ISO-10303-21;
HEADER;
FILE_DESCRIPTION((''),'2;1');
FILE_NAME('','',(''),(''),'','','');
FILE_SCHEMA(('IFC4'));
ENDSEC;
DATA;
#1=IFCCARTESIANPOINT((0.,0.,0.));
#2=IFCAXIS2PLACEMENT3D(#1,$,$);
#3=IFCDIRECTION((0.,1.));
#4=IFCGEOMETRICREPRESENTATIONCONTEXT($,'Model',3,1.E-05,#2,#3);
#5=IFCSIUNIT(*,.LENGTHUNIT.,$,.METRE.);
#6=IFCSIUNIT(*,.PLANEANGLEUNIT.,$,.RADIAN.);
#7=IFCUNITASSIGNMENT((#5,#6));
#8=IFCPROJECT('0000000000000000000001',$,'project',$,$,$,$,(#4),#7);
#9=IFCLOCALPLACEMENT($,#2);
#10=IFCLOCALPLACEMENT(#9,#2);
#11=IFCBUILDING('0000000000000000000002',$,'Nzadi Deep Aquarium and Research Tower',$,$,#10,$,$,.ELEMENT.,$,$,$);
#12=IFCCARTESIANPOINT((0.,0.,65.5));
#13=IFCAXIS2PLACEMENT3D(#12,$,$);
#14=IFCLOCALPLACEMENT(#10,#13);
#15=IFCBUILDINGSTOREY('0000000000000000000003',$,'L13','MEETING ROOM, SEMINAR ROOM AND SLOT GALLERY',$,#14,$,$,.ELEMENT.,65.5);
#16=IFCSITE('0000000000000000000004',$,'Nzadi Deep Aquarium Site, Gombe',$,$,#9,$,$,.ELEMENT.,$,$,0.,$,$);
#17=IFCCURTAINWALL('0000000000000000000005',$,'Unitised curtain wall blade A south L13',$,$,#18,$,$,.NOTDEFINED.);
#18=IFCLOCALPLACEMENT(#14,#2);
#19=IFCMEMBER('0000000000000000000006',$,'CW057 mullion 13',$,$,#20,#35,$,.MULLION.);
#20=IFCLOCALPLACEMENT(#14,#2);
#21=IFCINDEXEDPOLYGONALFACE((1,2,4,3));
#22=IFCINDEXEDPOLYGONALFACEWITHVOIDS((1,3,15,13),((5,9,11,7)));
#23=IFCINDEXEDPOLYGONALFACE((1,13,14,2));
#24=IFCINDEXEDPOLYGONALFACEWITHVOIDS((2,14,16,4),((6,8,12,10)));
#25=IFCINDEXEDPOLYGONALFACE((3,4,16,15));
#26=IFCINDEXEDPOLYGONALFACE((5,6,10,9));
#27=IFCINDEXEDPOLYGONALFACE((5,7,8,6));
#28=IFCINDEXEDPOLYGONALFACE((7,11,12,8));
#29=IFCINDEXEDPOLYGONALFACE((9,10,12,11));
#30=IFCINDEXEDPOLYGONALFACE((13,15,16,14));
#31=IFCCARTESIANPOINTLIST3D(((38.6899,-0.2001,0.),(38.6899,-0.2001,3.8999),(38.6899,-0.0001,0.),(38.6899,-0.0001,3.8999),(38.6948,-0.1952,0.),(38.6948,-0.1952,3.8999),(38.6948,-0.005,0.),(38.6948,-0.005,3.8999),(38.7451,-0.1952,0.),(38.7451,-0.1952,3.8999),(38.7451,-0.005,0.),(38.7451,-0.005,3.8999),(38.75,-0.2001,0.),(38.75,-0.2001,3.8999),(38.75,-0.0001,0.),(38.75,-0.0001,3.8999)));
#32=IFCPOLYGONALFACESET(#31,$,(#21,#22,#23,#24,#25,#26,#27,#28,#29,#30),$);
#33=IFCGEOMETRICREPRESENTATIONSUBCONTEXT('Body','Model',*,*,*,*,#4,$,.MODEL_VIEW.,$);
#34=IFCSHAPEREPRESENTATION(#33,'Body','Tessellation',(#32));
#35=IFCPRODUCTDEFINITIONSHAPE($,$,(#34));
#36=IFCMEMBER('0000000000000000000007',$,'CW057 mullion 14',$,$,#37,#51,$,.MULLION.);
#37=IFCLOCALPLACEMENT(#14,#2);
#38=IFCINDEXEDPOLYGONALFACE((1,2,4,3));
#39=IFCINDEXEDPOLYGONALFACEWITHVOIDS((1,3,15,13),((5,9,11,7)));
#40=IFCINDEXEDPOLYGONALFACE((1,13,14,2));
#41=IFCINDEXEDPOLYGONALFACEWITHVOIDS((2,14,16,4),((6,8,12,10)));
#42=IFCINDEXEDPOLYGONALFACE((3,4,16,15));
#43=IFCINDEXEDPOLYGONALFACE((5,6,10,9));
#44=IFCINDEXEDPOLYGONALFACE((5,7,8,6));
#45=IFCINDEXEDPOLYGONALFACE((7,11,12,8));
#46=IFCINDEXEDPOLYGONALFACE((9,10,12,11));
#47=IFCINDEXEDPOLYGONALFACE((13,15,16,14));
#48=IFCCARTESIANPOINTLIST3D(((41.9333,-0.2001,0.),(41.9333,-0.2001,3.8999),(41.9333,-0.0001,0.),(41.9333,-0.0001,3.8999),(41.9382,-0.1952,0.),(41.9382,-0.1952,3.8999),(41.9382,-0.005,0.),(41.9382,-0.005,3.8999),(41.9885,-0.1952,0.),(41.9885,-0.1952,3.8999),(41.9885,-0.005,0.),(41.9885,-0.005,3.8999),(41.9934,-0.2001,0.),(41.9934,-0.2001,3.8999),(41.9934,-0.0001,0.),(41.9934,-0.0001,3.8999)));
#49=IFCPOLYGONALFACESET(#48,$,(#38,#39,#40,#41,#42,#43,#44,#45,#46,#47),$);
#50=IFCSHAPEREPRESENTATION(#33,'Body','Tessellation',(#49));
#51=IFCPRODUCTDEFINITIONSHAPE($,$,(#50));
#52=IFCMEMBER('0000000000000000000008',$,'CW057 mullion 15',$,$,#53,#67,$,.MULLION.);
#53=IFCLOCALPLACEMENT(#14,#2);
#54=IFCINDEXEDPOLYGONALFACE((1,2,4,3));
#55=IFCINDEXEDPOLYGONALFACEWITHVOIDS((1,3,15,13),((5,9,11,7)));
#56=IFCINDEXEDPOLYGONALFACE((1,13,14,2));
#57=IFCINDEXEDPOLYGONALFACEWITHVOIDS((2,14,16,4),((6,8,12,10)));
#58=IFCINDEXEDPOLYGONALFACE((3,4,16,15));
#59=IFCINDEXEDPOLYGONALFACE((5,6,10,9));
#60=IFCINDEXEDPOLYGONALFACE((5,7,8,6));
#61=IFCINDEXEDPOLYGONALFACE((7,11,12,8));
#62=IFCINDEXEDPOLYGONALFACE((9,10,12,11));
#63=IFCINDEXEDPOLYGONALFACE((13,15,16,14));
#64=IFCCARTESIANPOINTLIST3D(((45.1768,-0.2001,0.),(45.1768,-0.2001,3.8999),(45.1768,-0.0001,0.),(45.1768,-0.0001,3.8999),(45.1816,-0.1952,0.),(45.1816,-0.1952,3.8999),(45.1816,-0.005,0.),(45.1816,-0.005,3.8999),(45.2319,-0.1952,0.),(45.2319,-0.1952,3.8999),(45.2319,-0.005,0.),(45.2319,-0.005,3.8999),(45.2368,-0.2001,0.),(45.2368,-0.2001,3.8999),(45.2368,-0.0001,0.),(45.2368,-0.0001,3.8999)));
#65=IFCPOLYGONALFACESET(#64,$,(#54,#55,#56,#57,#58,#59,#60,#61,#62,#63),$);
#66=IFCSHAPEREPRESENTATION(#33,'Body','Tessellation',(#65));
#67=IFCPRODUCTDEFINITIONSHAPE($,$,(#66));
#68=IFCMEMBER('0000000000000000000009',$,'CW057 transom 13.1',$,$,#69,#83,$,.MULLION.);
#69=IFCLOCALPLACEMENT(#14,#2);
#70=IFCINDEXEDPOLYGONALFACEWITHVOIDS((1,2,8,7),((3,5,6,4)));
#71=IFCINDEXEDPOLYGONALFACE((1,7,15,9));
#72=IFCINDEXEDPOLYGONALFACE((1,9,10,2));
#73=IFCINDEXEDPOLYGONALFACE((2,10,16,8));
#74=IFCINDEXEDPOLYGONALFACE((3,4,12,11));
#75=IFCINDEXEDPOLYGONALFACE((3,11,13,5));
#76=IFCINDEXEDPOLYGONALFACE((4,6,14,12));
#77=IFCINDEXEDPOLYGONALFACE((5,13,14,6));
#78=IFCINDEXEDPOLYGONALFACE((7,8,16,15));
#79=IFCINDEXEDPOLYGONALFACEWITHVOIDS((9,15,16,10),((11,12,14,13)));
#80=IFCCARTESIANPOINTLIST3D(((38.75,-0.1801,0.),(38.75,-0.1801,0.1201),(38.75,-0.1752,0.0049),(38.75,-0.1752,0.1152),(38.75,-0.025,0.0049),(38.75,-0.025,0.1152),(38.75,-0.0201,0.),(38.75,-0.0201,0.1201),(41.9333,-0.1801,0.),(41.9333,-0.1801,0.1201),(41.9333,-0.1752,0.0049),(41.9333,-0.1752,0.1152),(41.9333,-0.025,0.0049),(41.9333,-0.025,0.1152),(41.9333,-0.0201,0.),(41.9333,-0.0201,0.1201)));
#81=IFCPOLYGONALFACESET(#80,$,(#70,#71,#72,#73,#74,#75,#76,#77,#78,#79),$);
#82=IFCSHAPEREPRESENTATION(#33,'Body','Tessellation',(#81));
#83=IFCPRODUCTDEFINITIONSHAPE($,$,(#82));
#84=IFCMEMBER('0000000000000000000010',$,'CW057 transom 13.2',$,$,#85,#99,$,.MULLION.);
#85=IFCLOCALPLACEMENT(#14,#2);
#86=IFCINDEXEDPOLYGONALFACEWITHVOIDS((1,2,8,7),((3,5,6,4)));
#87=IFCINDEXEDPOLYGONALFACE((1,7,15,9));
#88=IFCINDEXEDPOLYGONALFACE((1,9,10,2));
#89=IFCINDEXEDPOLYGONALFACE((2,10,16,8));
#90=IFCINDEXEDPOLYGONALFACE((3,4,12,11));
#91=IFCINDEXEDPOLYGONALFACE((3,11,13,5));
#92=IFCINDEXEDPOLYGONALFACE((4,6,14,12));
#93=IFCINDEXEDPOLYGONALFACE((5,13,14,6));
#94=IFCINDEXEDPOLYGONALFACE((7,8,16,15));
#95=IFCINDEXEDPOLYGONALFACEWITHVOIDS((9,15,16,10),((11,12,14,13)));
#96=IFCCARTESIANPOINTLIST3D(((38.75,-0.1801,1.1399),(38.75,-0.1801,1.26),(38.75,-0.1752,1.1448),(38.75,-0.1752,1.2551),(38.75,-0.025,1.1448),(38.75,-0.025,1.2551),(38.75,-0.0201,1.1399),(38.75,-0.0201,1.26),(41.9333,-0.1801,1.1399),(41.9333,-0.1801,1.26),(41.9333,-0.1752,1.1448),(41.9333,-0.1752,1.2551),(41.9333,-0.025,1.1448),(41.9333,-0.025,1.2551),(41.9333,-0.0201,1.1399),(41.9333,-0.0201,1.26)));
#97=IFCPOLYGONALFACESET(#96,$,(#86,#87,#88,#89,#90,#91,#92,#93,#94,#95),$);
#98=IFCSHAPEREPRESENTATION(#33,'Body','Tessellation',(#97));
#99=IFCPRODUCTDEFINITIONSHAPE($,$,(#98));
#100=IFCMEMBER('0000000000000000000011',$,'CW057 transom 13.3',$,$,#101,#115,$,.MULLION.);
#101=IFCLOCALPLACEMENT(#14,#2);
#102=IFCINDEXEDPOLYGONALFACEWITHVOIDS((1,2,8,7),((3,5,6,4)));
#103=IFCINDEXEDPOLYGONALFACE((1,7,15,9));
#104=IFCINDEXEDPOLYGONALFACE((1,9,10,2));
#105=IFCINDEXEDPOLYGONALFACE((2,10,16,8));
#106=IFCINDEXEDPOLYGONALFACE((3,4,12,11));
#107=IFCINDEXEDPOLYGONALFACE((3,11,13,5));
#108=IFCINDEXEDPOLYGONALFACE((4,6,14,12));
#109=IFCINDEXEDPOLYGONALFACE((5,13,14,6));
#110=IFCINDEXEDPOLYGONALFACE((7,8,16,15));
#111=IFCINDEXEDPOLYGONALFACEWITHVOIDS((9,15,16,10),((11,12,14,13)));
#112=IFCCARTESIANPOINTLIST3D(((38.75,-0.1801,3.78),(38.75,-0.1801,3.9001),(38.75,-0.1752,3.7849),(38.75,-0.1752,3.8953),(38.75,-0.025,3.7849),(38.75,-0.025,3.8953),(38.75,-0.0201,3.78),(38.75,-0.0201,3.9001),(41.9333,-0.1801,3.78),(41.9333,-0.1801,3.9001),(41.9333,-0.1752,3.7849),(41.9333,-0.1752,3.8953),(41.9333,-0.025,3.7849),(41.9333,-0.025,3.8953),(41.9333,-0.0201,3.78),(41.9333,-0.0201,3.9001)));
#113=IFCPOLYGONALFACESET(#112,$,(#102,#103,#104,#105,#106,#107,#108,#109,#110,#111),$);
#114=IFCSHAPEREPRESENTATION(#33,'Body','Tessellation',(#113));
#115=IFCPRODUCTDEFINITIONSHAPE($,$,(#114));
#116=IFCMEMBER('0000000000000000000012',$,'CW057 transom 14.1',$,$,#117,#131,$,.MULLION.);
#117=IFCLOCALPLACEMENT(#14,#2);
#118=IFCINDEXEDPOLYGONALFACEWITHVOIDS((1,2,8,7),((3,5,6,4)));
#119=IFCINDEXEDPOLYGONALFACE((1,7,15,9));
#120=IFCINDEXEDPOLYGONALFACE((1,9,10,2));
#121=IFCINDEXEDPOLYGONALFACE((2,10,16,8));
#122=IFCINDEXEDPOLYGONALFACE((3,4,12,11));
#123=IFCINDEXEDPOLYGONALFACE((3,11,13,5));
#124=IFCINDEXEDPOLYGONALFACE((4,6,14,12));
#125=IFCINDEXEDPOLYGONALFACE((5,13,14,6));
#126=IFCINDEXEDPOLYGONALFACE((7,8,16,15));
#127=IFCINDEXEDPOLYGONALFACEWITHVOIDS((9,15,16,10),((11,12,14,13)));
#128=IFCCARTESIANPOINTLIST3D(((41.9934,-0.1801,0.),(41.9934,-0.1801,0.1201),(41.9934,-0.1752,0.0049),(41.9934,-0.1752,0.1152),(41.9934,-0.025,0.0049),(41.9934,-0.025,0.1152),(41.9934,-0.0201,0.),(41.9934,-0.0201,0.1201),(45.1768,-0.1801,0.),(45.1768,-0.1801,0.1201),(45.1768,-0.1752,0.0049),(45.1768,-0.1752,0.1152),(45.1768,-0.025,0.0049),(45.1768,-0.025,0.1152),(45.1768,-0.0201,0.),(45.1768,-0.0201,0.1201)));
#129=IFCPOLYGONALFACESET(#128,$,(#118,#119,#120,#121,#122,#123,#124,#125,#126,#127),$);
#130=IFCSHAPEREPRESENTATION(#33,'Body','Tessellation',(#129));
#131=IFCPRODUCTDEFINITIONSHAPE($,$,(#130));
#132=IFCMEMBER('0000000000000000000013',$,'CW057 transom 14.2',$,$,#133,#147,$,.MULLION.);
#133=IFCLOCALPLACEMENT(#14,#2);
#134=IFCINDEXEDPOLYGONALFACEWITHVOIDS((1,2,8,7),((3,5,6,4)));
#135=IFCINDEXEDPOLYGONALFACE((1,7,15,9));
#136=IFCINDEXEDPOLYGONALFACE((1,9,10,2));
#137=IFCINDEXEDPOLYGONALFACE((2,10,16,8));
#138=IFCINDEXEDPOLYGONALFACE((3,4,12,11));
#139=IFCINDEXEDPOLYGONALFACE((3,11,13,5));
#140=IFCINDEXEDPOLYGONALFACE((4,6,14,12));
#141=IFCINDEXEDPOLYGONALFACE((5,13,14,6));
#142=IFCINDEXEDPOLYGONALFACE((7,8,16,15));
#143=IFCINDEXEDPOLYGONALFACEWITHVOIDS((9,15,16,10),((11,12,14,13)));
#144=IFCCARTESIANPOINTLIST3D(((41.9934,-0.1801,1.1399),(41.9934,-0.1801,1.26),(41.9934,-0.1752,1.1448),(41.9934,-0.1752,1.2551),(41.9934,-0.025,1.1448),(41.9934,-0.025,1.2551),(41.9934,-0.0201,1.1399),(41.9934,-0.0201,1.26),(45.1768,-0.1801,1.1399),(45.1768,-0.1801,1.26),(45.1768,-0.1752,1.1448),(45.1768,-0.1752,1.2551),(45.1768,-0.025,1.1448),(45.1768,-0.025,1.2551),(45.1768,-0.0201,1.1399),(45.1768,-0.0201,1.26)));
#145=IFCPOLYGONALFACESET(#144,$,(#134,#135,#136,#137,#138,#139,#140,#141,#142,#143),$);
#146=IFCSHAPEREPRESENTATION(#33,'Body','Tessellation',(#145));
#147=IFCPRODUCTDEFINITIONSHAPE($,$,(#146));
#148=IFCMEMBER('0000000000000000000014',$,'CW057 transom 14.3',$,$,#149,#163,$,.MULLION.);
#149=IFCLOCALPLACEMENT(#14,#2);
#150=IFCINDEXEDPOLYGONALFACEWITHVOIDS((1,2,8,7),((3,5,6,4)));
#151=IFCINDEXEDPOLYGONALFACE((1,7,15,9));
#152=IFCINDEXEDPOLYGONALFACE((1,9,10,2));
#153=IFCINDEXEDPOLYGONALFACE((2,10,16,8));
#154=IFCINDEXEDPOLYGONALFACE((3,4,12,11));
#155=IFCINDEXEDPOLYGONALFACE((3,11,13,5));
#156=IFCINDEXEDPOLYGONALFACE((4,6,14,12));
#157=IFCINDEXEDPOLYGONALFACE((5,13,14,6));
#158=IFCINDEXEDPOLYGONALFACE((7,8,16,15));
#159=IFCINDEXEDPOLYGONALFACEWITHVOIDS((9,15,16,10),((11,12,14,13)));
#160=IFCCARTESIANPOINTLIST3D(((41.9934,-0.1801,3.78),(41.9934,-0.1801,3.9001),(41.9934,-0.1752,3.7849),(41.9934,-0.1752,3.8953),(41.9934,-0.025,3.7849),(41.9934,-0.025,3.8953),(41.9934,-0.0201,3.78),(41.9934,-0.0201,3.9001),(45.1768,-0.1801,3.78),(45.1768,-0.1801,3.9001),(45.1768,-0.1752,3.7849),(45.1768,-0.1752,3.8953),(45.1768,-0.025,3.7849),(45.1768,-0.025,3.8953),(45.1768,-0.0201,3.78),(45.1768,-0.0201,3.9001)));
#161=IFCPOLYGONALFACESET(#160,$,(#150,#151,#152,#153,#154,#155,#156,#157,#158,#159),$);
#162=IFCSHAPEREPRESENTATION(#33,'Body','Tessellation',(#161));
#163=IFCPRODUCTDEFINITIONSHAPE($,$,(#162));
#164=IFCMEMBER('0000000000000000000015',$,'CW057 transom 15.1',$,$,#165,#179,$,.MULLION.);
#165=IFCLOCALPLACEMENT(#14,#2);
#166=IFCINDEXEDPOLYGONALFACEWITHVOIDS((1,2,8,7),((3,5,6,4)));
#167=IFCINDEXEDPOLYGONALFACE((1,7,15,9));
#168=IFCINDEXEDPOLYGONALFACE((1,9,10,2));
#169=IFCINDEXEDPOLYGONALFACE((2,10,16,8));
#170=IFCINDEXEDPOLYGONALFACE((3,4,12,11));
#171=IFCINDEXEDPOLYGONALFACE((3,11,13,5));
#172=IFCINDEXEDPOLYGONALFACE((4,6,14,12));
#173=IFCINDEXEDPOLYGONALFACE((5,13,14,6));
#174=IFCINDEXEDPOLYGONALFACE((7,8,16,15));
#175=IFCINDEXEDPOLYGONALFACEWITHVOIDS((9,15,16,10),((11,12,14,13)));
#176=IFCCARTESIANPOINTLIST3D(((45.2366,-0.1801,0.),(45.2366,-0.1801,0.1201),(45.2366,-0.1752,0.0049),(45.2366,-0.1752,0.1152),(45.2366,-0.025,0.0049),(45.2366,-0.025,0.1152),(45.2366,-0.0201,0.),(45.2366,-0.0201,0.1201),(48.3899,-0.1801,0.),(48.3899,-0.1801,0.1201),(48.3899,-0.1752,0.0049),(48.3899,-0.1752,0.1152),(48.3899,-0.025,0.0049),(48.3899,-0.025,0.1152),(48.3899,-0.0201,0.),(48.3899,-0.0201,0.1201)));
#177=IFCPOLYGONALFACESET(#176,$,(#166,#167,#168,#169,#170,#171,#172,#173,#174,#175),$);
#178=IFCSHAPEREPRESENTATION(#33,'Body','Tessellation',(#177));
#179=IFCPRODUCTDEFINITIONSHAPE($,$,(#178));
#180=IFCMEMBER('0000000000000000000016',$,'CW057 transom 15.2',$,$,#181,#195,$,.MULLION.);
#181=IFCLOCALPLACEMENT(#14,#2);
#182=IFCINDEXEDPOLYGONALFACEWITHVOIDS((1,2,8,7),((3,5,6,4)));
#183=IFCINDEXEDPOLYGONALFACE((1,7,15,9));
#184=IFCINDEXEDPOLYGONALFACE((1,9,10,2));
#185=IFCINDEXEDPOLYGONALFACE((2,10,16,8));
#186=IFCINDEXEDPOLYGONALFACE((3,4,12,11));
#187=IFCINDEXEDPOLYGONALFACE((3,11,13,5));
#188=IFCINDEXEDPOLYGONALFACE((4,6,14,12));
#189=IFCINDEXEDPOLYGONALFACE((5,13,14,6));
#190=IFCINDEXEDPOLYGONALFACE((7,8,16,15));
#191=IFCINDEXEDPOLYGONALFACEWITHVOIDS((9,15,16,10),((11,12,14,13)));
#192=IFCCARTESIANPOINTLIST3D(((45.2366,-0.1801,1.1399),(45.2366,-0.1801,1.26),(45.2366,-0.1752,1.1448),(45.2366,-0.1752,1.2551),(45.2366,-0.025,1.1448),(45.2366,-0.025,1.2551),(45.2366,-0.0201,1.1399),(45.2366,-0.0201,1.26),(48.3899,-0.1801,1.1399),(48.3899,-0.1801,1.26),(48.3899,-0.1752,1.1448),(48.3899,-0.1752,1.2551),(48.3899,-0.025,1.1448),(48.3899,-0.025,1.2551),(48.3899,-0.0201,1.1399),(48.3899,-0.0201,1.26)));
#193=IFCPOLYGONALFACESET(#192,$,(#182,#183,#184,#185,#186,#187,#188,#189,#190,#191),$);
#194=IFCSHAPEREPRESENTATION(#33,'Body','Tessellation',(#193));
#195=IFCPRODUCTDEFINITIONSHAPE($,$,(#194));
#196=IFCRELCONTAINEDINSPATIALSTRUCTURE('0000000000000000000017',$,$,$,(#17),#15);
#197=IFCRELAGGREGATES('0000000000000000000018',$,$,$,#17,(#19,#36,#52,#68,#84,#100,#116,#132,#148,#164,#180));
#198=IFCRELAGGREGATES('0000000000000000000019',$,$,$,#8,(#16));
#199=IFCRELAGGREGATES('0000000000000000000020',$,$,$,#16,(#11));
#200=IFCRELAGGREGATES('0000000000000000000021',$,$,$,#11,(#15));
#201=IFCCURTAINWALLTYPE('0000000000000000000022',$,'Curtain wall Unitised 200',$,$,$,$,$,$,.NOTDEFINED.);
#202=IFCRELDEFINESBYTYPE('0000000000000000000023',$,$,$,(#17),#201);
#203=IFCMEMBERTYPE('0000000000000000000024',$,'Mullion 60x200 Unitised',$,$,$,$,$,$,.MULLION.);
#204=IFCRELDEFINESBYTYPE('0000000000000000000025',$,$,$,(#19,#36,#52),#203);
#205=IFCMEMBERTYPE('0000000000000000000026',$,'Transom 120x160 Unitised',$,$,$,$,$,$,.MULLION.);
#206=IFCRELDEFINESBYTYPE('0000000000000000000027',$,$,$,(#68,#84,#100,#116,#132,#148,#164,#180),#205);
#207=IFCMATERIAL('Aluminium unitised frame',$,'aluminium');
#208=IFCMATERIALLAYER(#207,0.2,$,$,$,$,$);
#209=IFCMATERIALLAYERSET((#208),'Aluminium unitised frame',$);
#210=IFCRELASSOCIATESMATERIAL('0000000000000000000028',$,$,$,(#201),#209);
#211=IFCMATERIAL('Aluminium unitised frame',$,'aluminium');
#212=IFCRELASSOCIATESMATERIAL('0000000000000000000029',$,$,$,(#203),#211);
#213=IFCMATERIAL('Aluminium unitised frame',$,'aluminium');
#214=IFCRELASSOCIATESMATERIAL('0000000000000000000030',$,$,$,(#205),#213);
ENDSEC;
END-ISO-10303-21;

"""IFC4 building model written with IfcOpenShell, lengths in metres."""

from ifc_helpers import new_model, si_unit, direction, frame, origin, origin_2d, place, context, subcontext, project, spatial, hollow_rectangle, extrude, material, layer, layer_set, material_profile, profile_set, type_object, element, aggregate, save


model = new_model("IFC4")

# Units and contexts
model_context = context("Model", 3, precision=1e-05, world=origin(), true_north=direction((0.0, 1.0)))
body_context = subcontext(model_context, "Body", "Model", "MODEL_VIEW")
ifc_project = project(units=[si_unit("LENGTHUNIT", "METRE"), si_unit("PLANEANGLEUNIT", "RADIAN")], contexts=[model_context])

# Site, building, storey
site_placement = place(None, origin())
site = spatial("IfcSite", under=ifc_project, at=site_placement, Name="Nzadi Deep Aquarium Site, Gombe", CompositionType="ELEMENT", RefElevation=0.0)
building_placement = place(site_placement, origin())
building = spatial("IfcBuilding", under=site, at=building_placement, Name="Nzadi Deep Aquarium and Research Tower", CompositionType="ELEMENT")
storey_placement = place(building_placement, frame((0.0, 0.0, 65.5)))
storey = spatial("IfcBuildingStorey", under=building, at=storey_placement, Name="L13", Description="MEETING ROOM, SEMINAR ROOM AND SLOT GALLERY", CompositionType="ELEMENT", Elevation=65.5)

# Curtain wall, members
ifc_material_1 = material(Name="Aluminium unitised frame", Category="aluminium")
ifc_layer_1 = layer(ifc_material_1, 0.2)
ifc_layer_set_1 = layer_set([ifc_layer_1], Name="Aluminium unitised frame")
curtain_wall_type = type_object("IfcCurtainWallType", Name="Curtain wall Unitised 200", PredefinedType="NOTDEFINED", material=ifc_layer_set_1)
curtain_wall_placement = place(storey_placement, origin())
curtain_wall = element("IfcCurtainWall", 1, at=curtain_wall_placement, inside=storey, type_object=curtain_wall_type, Name="Unitised curtain wall blade A south L13", PredefinedType="NOTDEFINED")
ifc_material_2 = material(Name="Aluminium unitised frame", Category="aluminium")
ifc_material_profile_1 = material_profile(ifc_material_2, hollow_rectangle(XDim=0.2, YDim=0.0601, WallThickness=0.0049, at=origin_2d()))
ifc_profile_set_1 = profile_set([ifc_material_profile_1], Name="Aluminium unitised frame")
member_type_1 = type_object("IfcMemberType", Name="Mullion 60x200 Unitised", PredefinedType="MULLION", material=ifc_profile_set_1)
member_1_placement = place(storey_placement, frame((38.72, -0.1001, 0.0), z_axis=(0.0, 0.0, 1.0), x_axis=(0.0, 1.0, 0.0)))
member_1 = element("IfcMember", 2, at=member_1_placement, type_object=member_type_1, Name="CW057 mullion 13", PredefinedType="MULLION", context=body_context, shape_type="SweptSolid", body=[
    extrude(hollow_rectangle(XDim=0.2, YDim=0.0601, WallThickness=0.0049, at=origin_2d()), origin(), (0.0, 0.0, 1.0), 3.8999),
])
member_2_placement = place(storey_placement, frame((41.9634, -0.1001, 0.0), z_axis=(0.0, 0.0, 1.0), x_axis=(0.0, 1.0, 0.0)))
member_2 = element("IfcMember", 3, at=member_2_placement, type_object=member_type_1, Name="CW057 mullion 14", PredefinedType="MULLION", context=body_context, shape_type="SweptSolid", body=[
    extrude(hollow_rectangle(XDim=0.2, YDim=0.0601, WallThickness=0.0049, at=origin_2d()), origin(), (0.0, 0.0, 1.0), 3.8999),
])
member_3_placement = place(storey_placement, frame((45.2068, -0.1001, 0.0), z_axis=(0.0, 0.0, 1.0), x_axis=(0.0, 1.0, 0.0)))
member_3 = element("IfcMember", 4, at=member_3_placement, type_object=member_type_1, Name="CW057 mullion 15", PredefinedType="MULLION", context=body_context, shape_type="SweptSolid", body=[
    extrude(hollow_rectangle(XDim=0.2, YDim=0.0601, WallThickness=0.0049, at=origin_2d()), origin(), (0.0, 0.0, 1.0), 3.8999),
])
ifc_material_3 = material(Name="Aluminium unitised frame", Category="aluminium")
ifc_material_profile_2 = material_profile(ifc_material_3, hollow_rectangle(XDim=0.1599, YDim=0.1201, WallThickness=0.0049, at=origin_2d()))
ifc_profile_set_2 = profile_set([ifc_material_profile_2], Name="Aluminium unitised frame")
member_type_2 = type_object("IfcMemberType", Name="Transom 120x160 Unitised", PredefinedType="MULLION", material=ifc_profile_set_2)
member_4_placement = place(storey_placement, frame((38.75, -0.1001, 0.0601), z_axis=(1.0, 0.0, 0.0), x_axis=(0.0, 1.0, 0.0)))
member_4 = element("IfcMember", 5, at=member_4_placement, type_object=member_type_2, Name="CW057 transom 13.1", PredefinedType="MULLION", context=body_context, shape_type="SweptSolid", body=[
    extrude(hollow_rectangle(XDim=0.1599, YDim=0.1201, WallThickness=0.0049, at=origin_2d()), origin(), (0.0, 0.0, 1.0), 3.1833),
])
member_5_placement = place(storey_placement, frame((38.75, -0.1001, 1.2), z_axis=(1.0, 0.0, 0.0), x_axis=(0.0, 1.0, 0.0)))
member_5 = element("IfcMember", 6, at=member_5_placement, type_object=member_type_2, Name="CW057 transom 13.2", PredefinedType="MULLION", context=body_context, shape_type="SweptSolid", body=[
    extrude(hollow_rectangle(XDim=0.1599, YDim=0.1201, WallThickness=0.0049, at=origin_2d()), origin(), (0.0, 0.0, 1.0), 3.1833),
])
member_6_placement = place(storey_placement, frame((38.75, -0.1001, 3.8401), z_axis=(1.0, 0.0, 0.0), x_axis=(0.0, 1.0, 0.0)))
member_6 = element("IfcMember", 7, at=member_6_placement, type_object=member_type_2, Name="CW057 transom 13.3", PredefinedType="MULLION", context=body_context, shape_type="SweptSolid", body=[
    extrude(hollow_rectangle(XDim=0.1599, YDim=0.1201, WallThickness=0.0049, at=origin_2d()), origin(), (0.0, 0.0, 1.0), 3.1833),
])
member_7_placement = place(storey_placement, frame((41.9934, -0.1001, 0.0601), z_axis=(1.0, 0.0, 0.0), x_axis=(0.0, 1.0, 0.0)))
member_7 = element("IfcMember", 8, at=member_7_placement, type_object=member_type_2, Name="CW057 transom 14.1", PredefinedType="MULLION", context=body_context, shape_type="SweptSolid", body=[
    extrude(hollow_rectangle(XDim=0.1599, YDim=0.1201, WallThickness=0.0049, at=origin_2d()), origin(), (0.0, 0.0, 1.0), 3.1833),
])
member_8_placement = place(storey_placement, frame((41.9934, -0.1001, 1.2), z_axis=(1.0, 0.0, 0.0), x_axis=(0.0, 1.0, 0.0)))
member_8 = element("IfcMember", 9, at=member_8_placement, type_object=member_type_2, Name="CW057 transom 14.2", PredefinedType="MULLION", context=body_context, shape_type="SweptSolid", body=[
    extrude(hollow_rectangle(XDim=0.1599, YDim=0.1201, WallThickness=0.0049, at=origin_2d()), origin(), (0.0, 0.0, 1.0), 3.1833),
])
member_9_placement = place(storey_placement, frame((41.9934, -0.1001, 3.8401), z_axis=(1.0, 0.0, 0.0), x_axis=(0.0, 1.0, 0.0)))
member_9 = element("IfcMember", 10, at=member_9_placement, type_object=member_type_2, Name="CW057 transom 14.3", PredefinedType="MULLION", context=body_context, shape_type="SweptSolid", body=[
    extrude(hollow_rectangle(XDim=0.1599, YDim=0.1201, WallThickness=0.0049, at=origin_2d()), origin(), (0.0, 0.0, 1.0), 3.1833),
])
member_10_placement = place(storey_placement, frame((45.2366, -0.1001, 0.0601), z_axis=(1.0, 0.0, 0.0), x_axis=(0.0, 1.0, 0.0)))
member_10 = element("IfcMember", 11, at=member_10_placement, type_object=member_type_2, Name="CW057 transom 15.1", PredefinedType="MULLION", context=body_context, shape_type="SweptSolid", body=[
    extrude(hollow_rectangle(XDim=0.1599, YDim=0.1201, WallThickness=0.0049, at=origin_2d()), origin(), (0.0, 0.0, 1.0), 3.1533),
])
member_11_placement = place(storey_placement, frame((45.2366, -0.1001, 1.2), z_axis=(1.0, 0.0, 0.0), x_axis=(0.0, 1.0, 0.0)))
member_11 = element("IfcMember", 12, at=member_11_placement, type_object=member_type_2, Name="CW057 transom 15.2", PredefinedType="MULLION", context=body_context, shape_type="SweptSolid", body=[
    extrude(hollow_rectangle(XDim=0.1599, YDim=0.1201, WallThickness=0.0049, at=origin_2d()), origin(), (0.0, 0.0, 1.0), 3.1533),
])
aggregate(curtain_wall, [member_1, member_2, member_3, member_4, member_5, member_6, member_7, member_8, member_9, member_10, member_11])

save(model, "model.ifc")
